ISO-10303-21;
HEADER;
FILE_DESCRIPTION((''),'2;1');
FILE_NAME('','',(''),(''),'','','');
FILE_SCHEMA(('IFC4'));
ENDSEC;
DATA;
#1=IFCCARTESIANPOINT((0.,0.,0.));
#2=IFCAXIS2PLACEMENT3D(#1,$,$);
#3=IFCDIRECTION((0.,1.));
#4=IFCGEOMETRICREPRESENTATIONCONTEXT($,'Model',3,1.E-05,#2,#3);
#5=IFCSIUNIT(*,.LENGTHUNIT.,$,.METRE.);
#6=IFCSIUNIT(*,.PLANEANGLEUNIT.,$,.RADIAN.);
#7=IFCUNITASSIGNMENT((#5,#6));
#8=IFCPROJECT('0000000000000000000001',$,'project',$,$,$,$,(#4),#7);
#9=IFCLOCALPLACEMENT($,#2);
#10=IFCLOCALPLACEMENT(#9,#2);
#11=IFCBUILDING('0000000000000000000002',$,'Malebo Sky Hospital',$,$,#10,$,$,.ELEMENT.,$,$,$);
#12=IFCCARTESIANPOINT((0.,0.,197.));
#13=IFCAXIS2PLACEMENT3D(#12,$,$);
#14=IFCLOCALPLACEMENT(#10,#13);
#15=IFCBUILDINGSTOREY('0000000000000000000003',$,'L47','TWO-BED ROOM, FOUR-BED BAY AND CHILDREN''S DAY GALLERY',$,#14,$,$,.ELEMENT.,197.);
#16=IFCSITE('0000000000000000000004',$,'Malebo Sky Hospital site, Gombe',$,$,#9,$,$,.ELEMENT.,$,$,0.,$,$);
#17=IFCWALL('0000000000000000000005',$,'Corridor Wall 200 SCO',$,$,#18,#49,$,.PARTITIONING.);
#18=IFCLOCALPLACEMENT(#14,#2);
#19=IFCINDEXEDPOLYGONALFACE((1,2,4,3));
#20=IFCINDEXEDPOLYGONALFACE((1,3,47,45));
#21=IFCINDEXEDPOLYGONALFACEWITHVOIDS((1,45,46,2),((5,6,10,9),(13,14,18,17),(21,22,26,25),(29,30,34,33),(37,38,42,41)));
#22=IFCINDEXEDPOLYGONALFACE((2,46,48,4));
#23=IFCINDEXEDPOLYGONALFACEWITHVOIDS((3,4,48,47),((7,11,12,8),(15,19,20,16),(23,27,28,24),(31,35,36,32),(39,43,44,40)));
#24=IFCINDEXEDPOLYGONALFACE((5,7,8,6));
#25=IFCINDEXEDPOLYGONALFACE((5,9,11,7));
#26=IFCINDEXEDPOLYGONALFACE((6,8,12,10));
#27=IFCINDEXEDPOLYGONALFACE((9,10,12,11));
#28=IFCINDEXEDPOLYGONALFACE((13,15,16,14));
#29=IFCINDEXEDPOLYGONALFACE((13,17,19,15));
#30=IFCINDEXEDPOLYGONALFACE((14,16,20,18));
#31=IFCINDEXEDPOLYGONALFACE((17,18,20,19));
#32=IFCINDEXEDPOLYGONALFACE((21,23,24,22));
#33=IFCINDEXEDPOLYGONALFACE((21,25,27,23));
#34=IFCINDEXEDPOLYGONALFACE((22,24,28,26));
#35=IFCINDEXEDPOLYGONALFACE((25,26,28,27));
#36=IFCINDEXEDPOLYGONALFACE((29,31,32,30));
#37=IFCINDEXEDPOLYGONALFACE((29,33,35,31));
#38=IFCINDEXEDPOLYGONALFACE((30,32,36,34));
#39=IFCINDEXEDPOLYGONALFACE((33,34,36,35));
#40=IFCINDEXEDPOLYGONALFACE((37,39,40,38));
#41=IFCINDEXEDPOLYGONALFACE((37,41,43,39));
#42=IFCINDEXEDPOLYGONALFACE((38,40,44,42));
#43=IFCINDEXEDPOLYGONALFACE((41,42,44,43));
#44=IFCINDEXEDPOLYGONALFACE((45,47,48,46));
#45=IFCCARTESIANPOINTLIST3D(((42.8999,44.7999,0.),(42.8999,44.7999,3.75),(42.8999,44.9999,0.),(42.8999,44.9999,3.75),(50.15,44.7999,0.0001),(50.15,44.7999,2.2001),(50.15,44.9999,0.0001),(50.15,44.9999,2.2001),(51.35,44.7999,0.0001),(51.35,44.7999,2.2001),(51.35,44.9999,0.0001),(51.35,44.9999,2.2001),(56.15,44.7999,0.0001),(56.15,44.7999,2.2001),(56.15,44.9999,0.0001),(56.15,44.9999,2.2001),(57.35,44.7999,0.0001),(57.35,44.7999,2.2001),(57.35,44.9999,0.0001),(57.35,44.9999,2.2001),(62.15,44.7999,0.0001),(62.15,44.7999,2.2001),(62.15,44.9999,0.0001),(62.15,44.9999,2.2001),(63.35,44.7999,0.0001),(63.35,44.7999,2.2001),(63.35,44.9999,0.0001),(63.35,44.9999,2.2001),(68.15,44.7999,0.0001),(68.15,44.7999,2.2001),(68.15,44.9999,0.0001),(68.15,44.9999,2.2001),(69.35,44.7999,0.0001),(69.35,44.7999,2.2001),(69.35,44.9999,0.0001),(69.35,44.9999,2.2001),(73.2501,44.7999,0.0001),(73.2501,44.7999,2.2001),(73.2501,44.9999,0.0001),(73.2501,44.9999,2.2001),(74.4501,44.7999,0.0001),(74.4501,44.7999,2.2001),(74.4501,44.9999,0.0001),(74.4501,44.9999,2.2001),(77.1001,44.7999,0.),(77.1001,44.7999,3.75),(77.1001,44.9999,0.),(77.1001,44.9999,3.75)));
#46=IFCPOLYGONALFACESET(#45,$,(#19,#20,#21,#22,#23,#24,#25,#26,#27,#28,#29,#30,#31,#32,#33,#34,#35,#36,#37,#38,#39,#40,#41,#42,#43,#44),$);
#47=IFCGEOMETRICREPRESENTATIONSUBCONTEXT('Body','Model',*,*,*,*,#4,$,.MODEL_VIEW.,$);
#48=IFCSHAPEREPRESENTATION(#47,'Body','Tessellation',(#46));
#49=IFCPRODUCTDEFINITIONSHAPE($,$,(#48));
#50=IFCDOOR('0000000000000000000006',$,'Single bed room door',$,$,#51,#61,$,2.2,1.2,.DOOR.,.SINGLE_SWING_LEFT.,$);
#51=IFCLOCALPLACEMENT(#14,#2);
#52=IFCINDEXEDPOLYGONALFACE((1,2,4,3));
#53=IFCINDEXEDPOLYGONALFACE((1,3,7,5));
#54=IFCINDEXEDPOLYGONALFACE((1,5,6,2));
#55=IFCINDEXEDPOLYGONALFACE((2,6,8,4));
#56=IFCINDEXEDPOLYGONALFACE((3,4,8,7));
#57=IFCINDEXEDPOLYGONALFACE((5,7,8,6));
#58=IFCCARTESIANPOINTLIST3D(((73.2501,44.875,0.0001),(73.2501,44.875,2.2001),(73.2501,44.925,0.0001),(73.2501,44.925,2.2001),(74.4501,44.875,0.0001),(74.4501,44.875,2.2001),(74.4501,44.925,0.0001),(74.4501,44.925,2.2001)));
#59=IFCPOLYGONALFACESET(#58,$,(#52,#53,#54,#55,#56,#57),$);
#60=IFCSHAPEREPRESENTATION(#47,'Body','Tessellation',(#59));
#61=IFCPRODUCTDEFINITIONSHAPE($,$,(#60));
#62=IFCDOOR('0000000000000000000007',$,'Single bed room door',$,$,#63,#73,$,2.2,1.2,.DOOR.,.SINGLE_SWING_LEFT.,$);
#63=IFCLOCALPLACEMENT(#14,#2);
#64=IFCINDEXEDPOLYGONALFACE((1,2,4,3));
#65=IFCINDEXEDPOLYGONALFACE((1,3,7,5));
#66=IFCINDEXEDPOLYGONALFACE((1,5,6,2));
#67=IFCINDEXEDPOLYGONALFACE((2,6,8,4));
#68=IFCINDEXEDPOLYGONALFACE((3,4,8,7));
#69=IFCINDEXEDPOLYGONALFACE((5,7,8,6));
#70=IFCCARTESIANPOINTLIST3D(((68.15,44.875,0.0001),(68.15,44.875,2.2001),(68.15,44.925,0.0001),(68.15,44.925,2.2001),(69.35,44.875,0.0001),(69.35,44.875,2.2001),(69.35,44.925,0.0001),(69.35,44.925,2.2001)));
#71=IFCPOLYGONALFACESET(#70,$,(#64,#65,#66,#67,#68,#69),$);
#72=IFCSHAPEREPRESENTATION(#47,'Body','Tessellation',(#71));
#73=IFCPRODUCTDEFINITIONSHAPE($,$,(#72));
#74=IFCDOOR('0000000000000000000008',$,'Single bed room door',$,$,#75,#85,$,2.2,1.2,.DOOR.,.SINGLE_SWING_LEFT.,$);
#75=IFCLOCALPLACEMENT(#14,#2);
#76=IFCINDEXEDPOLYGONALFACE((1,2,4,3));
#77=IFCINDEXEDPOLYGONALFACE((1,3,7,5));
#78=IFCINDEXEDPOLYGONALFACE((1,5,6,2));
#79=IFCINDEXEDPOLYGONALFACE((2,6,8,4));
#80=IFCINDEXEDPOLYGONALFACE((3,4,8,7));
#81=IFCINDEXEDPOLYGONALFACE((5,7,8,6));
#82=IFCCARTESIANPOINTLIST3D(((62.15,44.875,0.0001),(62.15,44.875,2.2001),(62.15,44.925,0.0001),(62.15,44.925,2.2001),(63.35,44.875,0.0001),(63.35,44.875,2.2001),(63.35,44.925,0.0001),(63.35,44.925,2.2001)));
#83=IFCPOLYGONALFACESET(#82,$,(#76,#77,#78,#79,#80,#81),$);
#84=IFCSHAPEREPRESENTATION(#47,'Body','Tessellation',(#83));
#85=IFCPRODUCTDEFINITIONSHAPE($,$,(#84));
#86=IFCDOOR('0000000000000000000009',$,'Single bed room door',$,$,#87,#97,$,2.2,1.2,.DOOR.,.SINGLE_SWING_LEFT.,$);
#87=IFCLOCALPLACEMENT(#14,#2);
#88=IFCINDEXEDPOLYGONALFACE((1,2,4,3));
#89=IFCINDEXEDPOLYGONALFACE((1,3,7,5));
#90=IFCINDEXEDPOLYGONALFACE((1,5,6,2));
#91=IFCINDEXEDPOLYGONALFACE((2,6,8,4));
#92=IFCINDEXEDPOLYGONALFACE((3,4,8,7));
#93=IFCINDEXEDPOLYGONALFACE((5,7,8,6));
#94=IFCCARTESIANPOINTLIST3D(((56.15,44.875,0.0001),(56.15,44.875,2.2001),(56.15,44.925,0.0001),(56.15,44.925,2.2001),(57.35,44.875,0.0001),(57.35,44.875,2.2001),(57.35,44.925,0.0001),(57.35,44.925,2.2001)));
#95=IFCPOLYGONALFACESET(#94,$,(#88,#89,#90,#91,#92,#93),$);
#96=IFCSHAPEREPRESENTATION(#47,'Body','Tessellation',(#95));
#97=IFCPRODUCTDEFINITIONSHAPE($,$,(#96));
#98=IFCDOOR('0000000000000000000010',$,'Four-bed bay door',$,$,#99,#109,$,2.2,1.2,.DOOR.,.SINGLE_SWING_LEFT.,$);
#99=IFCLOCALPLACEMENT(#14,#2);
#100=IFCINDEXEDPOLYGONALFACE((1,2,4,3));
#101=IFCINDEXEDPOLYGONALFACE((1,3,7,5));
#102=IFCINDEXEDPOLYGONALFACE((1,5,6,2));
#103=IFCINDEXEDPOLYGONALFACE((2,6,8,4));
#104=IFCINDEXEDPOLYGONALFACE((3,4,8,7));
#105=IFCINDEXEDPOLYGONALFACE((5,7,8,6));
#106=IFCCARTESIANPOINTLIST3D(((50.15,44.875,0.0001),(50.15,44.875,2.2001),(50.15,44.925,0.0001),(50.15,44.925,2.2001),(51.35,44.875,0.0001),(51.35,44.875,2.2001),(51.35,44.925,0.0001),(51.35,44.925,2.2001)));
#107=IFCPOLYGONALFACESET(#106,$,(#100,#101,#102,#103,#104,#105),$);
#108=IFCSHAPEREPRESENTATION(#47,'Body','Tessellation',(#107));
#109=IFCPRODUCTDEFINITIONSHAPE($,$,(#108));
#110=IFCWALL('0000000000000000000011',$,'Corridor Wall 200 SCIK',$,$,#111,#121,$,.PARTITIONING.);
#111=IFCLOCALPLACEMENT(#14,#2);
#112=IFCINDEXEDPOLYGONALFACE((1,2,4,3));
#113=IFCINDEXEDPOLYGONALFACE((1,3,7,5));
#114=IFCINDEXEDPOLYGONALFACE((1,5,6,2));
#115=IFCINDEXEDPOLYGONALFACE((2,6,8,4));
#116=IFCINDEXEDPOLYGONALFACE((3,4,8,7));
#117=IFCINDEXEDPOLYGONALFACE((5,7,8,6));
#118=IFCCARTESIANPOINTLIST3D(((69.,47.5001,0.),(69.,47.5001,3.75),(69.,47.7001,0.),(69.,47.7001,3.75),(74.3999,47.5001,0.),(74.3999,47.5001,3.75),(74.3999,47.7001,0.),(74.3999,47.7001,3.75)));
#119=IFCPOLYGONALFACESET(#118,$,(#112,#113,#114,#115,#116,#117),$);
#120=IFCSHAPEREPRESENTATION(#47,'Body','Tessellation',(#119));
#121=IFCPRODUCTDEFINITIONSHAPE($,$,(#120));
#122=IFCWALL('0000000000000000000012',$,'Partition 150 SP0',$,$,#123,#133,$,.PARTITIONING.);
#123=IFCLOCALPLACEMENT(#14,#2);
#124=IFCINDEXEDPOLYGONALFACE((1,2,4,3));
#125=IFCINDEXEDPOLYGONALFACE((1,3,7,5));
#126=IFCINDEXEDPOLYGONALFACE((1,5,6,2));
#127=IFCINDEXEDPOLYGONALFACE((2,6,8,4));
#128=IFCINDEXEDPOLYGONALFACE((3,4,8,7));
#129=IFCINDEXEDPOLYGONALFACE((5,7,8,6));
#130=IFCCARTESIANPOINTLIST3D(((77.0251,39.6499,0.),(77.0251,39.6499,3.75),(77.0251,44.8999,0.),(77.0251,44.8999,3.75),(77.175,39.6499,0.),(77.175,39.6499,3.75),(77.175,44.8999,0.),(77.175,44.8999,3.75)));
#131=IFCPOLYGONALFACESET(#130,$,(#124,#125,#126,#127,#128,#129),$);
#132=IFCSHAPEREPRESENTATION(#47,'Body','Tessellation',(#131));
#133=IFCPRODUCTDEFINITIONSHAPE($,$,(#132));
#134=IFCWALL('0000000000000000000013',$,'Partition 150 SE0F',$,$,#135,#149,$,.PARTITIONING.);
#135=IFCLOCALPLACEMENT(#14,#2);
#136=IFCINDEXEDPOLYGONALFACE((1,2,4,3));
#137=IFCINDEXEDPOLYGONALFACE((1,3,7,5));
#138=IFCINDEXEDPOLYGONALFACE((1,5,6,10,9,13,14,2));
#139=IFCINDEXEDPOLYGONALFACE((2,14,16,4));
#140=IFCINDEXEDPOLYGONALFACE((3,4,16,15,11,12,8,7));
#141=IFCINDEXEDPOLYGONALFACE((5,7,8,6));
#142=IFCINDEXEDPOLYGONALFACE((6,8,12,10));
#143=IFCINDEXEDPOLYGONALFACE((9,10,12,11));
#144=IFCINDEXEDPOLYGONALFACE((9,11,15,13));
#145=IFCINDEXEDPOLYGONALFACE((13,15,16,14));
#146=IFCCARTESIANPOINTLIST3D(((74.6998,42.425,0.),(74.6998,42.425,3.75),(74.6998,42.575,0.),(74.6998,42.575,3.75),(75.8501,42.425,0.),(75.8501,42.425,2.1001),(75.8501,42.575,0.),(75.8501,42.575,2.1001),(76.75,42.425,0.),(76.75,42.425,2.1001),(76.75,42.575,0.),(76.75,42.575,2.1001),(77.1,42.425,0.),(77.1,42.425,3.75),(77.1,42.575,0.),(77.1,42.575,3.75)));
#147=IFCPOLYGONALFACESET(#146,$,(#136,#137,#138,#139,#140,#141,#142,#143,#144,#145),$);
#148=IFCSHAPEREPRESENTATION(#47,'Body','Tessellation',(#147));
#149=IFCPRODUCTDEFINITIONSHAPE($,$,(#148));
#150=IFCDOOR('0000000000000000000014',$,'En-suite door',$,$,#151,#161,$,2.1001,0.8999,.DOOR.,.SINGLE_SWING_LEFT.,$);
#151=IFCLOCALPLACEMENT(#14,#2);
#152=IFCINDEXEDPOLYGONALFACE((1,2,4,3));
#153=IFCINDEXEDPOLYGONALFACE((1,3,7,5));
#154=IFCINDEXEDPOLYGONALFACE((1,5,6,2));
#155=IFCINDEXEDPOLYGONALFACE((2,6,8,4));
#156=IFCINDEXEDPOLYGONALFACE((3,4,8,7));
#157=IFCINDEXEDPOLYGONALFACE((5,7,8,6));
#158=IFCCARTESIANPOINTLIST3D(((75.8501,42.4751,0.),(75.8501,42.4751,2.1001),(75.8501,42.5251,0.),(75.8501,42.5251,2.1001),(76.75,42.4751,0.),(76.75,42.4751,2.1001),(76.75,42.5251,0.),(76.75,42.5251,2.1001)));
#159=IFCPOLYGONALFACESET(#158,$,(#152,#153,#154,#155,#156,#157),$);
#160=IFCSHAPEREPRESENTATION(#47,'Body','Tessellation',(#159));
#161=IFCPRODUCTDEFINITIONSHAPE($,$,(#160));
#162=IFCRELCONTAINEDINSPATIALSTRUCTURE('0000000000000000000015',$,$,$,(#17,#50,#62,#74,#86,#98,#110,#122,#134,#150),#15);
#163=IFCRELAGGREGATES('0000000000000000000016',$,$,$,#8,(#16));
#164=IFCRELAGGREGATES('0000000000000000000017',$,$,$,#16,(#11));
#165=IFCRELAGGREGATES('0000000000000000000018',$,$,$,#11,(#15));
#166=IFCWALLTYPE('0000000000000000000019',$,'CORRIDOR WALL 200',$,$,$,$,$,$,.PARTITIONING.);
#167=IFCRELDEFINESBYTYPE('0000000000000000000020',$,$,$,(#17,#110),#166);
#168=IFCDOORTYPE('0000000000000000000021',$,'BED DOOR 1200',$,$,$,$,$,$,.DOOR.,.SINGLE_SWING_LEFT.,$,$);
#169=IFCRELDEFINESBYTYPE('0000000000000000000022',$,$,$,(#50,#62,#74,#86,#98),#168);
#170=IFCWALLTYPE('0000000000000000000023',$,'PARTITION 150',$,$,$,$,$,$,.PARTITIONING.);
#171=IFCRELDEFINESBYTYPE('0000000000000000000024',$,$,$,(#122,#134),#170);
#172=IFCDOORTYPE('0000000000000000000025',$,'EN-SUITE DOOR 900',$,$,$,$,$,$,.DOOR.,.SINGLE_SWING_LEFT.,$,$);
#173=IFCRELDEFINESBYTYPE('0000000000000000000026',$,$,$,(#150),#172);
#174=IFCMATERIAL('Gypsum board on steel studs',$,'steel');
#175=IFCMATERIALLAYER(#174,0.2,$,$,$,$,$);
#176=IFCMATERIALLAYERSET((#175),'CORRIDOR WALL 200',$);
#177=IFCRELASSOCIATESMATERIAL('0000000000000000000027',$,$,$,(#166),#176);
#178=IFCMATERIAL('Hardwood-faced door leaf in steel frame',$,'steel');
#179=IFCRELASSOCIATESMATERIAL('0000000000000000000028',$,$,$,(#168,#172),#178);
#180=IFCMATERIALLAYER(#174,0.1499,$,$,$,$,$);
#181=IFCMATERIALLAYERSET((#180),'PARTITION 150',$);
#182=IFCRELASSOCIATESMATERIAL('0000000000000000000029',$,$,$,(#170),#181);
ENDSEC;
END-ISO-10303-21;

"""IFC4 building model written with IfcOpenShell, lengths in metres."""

from ifc_helpers import new_model, si_unit, direction, frame, frame_2d, origin, place, context, subcontext, project, spatial, rectangle, extrude, material, layer, layer_set, type_object, element, fill, save


model = new_model("IFC4")

# Units and contexts
model_context = context("Model", 3, precision=1e-05, world=origin(), true_north=direction((0.0, 1.0)))
body_context = subcontext(model_context, "Body", "Model", "MODEL_VIEW")
ifc_project = project(units=[si_unit("LENGTHUNIT", "METRE"), si_unit("PLANEANGLEUNIT", "RADIAN")], contexts=[model_context])

# Site, building, storey
site_placement = place(None, origin())
site = spatial("IfcSite", under=ifc_project, at=site_placement, Name="Malebo Sky Hospital site, Gombe", CompositionType="ELEMENT", RefElevation=0.0)
building_placement = place(site_placement, origin())
building = spatial("IfcBuilding", under=site, at=building_placement, Name="Malebo Sky Hospital", CompositionType="ELEMENT")
storey_placement = place(building_placement, frame((0.0, 0.0, 197.0)))
storey = spatial("IfcBuildingStorey", under=building, at=storey_placement, Name="L47", Description="TWO-BED ROOM, FOUR-BED BAY AND CHILDREN'S DAY GALLERY", CompositionType="ELEMENT", Elevation=197.0)

# Wall, openings, doors
ifc_material_1 = material(Name="Gypsum board on steel studs", Category="steel")
ifc_layer_1 = layer(ifc_material_1, 0.2)
ifc_layer_set_1 = layer_set([ifc_layer_1], Name="CORRIDOR WALL 200")
wall_type_1 = type_object("IfcWallType", Name="CORRIDOR WALL 200", PredefinedType="PARTITIONING", material=ifc_layer_set_1)
wall_1_placement = place(storey_placement, frame((77.1001, 44.8999, 0.0), z_axis=(0.0, 0.0, 1.0), x_axis=(-1.0, 0.0, 0.0)))
wall_1 = element("IfcWall", 1, at=wall_1_placement, inside=storey, type_object=wall_type_1, Name="Corridor Wall 200 SCO", PredefinedType="PARTITIONING", context=body_context, shape_type="SweptSolid", body=[
    extrude(rectangle(XDim=34.2002, YDim=0.2, at=frame_2d((17.1001, 0.0))), origin(), (0.0, 0.0, 1.0), 3.75),
])
opening_1_placement = place(wall_1_placement, frame((2.6499, 0.0, 0.0)))
opening_1 = element("IfcOpeningElement", 2, at=opening_1_placement, cuts=wall_1, PredefinedType="OPENING", context=body_context, shape_type="SweptSolid", body=[
    extrude(rectangle(XDim=1.2, YDim=2.2, at=frame_2d((0.6001, 1.1001))), frame((0.0, 0.1099, 0.0), z_axis=(0.0, -1.0, 0.0), x_axis=(1.0, 0.0, 0.0)), (0.0, 0.0, 1.0), 0.22),
])
opening_2_placement = place(wall_1_placement, frame((7.75, 0.0, 0.0)))
opening_2 = element("IfcOpeningElement", 3, at=opening_2_placement, cuts=wall_1, PredefinedType="OPENING", context=body_context, shape_type="SweptSolid", body=[
    extrude(rectangle(XDim=1.2, YDim=2.2, at=frame_2d((0.6001, 1.1001))), frame((0.0, 0.1099, 0.0), z_axis=(0.0, -1.0, 0.0), x_axis=(1.0, 0.0, 0.0)), (0.0, 0.0, 1.0), 0.22),
])
opening_3_placement = place(wall_1_placement, frame((13.75, 0.0, 0.0)))
opening_3 = element("IfcOpeningElement", 4, at=opening_3_placement, cuts=wall_1, PredefinedType="OPENING", context=body_context, shape_type="SweptSolid", body=[
    extrude(rectangle(XDim=1.2, YDim=2.2, at=frame_2d((0.6001, 1.1001))), frame((0.0, 0.1099, 0.0), z_axis=(0.0, -1.0, 0.0), x_axis=(1.0, 0.0, 0.0)), (0.0, 0.0, 1.0), 0.22),
])
opening_4_placement = place(wall_1_placement, frame((19.75, 0.0, 0.0)))
opening_4 = element("IfcOpeningElement", 5, at=opening_4_placement, cuts=wall_1, PredefinedType="OPENING", context=body_context, shape_type="SweptSolid", body=[
    extrude(rectangle(XDim=1.2, YDim=2.2, at=frame_2d((0.6001, 1.1001))), frame((0.0, 0.1099, 0.0), z_axis=(0.0, -1.0, 0.0), x_axis=(1.0, 0.0, 0.0)), (0.0, 0.0, 1.0), 0.22),
])
opening_5_placement = place(wall_1_placement, frame((25.75, 0.0, 0.0)))
opening_5 = element("IfcOpeningElement", 6, at=opening_5_placement, cuts=wall_1, PredefinedType="OPENING", context=body_context, shape_type="SweptSolid", body=[
    extrude(rectangle(XDim=1.2, YDim=2.2, at=frame_2d((0.6001, 1.1001))), frame((0.0, 0.1099, 0.0), z_axis=(0.0, -1.0, 0.0), x_axis=(1.0, 0.0, 0.0)), (0.0, 0.0, 1.0), 0.22),
])
ifc_material_2 = material(Name="Hardwood-faced door leaf in steel frame", Category="steel")
door_type_1 = type_object("IfcDoorType", Name="BED DOOR 1200", OperationType="SINGLE_SWING_LEFT", PredefinedType="DOOR", material=ifc_material_2)
door_1_placement = place(opening_1_placement, origin())
door_1 = element("IfcDoor", 7, at=door_1_placement, inside=storey, type_object=door_type_1, Name="Single bed room door", OperationType="SINGLE_SWING_LEFT", OverallHeight=2.2, OverallWidth=1.2, PredefinedType="DOOR", context=body_context, shape_type="SweptSolid", body=[
    extrude(rectangle(XDim=1.2, YDim=2.2, at=frame_2d((0.6001, 1.1001))), frame((0.0, 0.0249, 0.0), z_axis=(0.0, -1.0, 0.0), x_axis=(1.0, 0.0, 0.0)), (0.0, 0.0, 1.0), 0.05),
])
fill(opening_1, door_1)
door_2_placement = place(opening_2_placement, origin())
door_2 = element("IfcDoor", 8, at=door_2_placement, inside=storey, type_object=door_type_1, Name="Single bed room door", OperationType="SINGLE_SWING_LEFT", OverallHeight=2.2, OverallWidth=1.2, PredefinedType="DOOR", context=body_context, shape_type="SweptSolid", body=[
    extrude(rectangle(XDim=1.2, YDim=2.2, at=frame_2d((0.6001, 1.1001))), frame((0.0, 0.0249, 0.0), z_axis=(0.0, -1.0, 0.0), x_axis=(1.0, 0.0, 0.0)), (0.0, 0.0, 1.0), 0.05),
])
fill(opening_2, door_2)
door_3_placement = place(opening_3_placement, origin())
door_3 = element("IfcDoor", 9, at=door_3_placement, inside=storey, type_object=door_type_1, Name="Single bed room door", OperationType="SINGLE_SWING_LEFT", OverallHeight=2.2, OverallWidth=1.2, PredefinedType="DOOR", context=body_context, shape_type="SweptSolid", body=[
    extrude(rectangle(XDim=1.2, YDim=2.2, at=frame_2d((0.6001, 1.1001))), frame((0.0, 0.0249, 0.0), z_axis=(0.0, -1.0, 0.0), x_axis=(1.0, 0.0, 0.0)), (0.0, 0.0, 1.0), 0.05),
])
fill(opening_3, door_3)
door_4_placement = place(opening_4_placement, origin())
door_4 = element("IfcDoor", 10, at=door_4_placement, inside=storey, type_object=door_type_1, Name="Single bed room door", OperationType="SINGLE_SWING_LEFT", OverallHeight=2.2, OverallWidth=1.2, PredefinedType="DOOR", context=body_context, shape_type="SweptSolid", body=[
    extrude(rectangle(XDim=1.2, YDim=2.2, at=frame_2d((0.6001, 1.1001))), frame((0.0, 0.0249, 0.0), z_axis=(0.0, -1.0, 0.0), x_axis=(1.0, 0.0, 0.0)), (0.0, 0.0, 1.0), 0.05),
])
fill(opening_4, door_4)
door_5_placement = place(opening_5_placement, origin())
door_5 = element("IfcDoor", 11, at=door_5_placement, inside=storey, type_object=door_type_1, Name="Four-bed bay door", OperationType="SINGLE_SWING_LEFT", OverallHeight=2.2, OverallWidth=1.2, PredefinedType="DOOR", context=body_context, shape_type="SweptSolid", body=[
    extrude(rectangle(XDim=1.2, YDim=2.2, at=frame_2d((0.6001, 1.1001))), frame((0.0, 0.0249, 0.0), z_axis=(0.0, -1.0, 0.0), x_axis=(1.0, 0.0, 0.0)), (0.0, 0.0, 1.0), 0.05),
])
fill(opening_5, door_5)

# Walls
wall_2_placement = place(storey_placement, frame((74.3999, 47.6001, 0.0), z_axis=(0.0, 0.0, 1.0), x_axis=(-1.0, 0.0, 0.0)))
element("IfcWall", 12, at=wall_2_placement, inside=storey, type_object=wall_type_1, Name="Corridor Wall 200 SCIK", PredefinedType="PARTITIONING", context=body_context, shape_type="SweptSolid", body=[
    extrude(rectangle(XDim=5.3999, YDim=0.2, at=frame_2d((2.7, 0.0))), origin(), (0.0, 0.0, 1.0), 3.75),
])
ifc_layer_2 = layer(ifc_material_1, 0.1499)
ifc_layer_set_2 = layer_set([ifc_layer_2], Name="PARTITION 150")
wall_type_2 = type_object("IfcWallType", Name="PARTITION 150", PredefinedType="PARTITIONING", material=ifc_layer_set_2)
wall_3_placement = place(storey_placement, frame((77.1001, 44.8999, 0.0), z_axis=(0.0, 0.0, 1.0), x_axis=(0.0, -1.0, 0.0)))
element("IfcWall", 13, at=wall_3_placement, inside=storey, type_object=wall_type_2, Name="Partition 150 SP0", PredefinedType="PARTITIONING", context=body_context, shape_type="SweptSolid", body=[
    extrude(rectangle(XDim=5.25, YDim=0.1499, at=frame_2d((2.625, 0.0))), origin(), (0.0, 0.0, 1.0), 3.75),
])

# Wall, opening, door
wall_4_placement = place(storey_placement, frame((77.1001, 42.5, 0.0), z_axis=(0.0, 0.0, 1.0), x_axis=(-1.0, 0.0, 0.0)))
wall_4 = element("IfcWall", 14, at=wall_4_placement, inside=storey, type_object=wall_type_2, Name="Partition 150 SE0F", PredefinedType="PARTITIONING", context=body_context, shape_type="SweptSolid", body=[
    extrude(rectangle(XDim=2.4001, YDim=0.1499, at=frame_2d((1.2002, 0.0))), origin(), (0.0, 0.0, 1.0), 3.75),
])
opening_6_placement = place(wall_4_placement, frame((0.3501, 0.0, 0.0)))
opening_6 = element("IfcOpeningElement", 15, at=opening_6_placement, cuts=wall_4, PredefinedType="OPENING", context=body_context, shape_type="SweptSolid", body=[
    extrude(rectangle(XDim=0.8999, YDim=2.1001, at=frame_2d((0.45, 1.05))), frame((0.0, 0.085, 0.0), z_axis=(0.0, -1.0, 0.0), x_axis=(1.0, 0.0, 0.0)), (0.0, 0.0, 1.0), 0.1699),
])
door_type_2 = type_object("IfcDoorType", Name="EN-SUITE DOOR 900", OperationType="SINGLE_SWING_LEFT", PredefinedType="DOOR", material=ifc_material_2)
door_6_placement = place(opening_6_placement, origin())
door_6 = element("IfcDoor", 16, at=door_6_placement, inside=storey, type_object=door_type_2, Name="En-suite door", OperationType="SINGLE_SWING_LEFT", OverallHeight=2.1001, OverallWidth=0.8999, PredefinedType="DOOR", context=body_context, shape_type="SweptSolid", body=[
    extrude(rectangle(XDim=0.8999, YDim=2.1001, at=frame_2d((0.45, 1.05))), frame((0.0, 0.0249, 0.0), z_axis=(0.0, -1.0, 0.0), x_axis=(1.0, 0.0, 0.0)), (0.0, 0.0, 1.0), 0.05),
])
fill(opening_6, door_6)

save(model, "model.ifc")
